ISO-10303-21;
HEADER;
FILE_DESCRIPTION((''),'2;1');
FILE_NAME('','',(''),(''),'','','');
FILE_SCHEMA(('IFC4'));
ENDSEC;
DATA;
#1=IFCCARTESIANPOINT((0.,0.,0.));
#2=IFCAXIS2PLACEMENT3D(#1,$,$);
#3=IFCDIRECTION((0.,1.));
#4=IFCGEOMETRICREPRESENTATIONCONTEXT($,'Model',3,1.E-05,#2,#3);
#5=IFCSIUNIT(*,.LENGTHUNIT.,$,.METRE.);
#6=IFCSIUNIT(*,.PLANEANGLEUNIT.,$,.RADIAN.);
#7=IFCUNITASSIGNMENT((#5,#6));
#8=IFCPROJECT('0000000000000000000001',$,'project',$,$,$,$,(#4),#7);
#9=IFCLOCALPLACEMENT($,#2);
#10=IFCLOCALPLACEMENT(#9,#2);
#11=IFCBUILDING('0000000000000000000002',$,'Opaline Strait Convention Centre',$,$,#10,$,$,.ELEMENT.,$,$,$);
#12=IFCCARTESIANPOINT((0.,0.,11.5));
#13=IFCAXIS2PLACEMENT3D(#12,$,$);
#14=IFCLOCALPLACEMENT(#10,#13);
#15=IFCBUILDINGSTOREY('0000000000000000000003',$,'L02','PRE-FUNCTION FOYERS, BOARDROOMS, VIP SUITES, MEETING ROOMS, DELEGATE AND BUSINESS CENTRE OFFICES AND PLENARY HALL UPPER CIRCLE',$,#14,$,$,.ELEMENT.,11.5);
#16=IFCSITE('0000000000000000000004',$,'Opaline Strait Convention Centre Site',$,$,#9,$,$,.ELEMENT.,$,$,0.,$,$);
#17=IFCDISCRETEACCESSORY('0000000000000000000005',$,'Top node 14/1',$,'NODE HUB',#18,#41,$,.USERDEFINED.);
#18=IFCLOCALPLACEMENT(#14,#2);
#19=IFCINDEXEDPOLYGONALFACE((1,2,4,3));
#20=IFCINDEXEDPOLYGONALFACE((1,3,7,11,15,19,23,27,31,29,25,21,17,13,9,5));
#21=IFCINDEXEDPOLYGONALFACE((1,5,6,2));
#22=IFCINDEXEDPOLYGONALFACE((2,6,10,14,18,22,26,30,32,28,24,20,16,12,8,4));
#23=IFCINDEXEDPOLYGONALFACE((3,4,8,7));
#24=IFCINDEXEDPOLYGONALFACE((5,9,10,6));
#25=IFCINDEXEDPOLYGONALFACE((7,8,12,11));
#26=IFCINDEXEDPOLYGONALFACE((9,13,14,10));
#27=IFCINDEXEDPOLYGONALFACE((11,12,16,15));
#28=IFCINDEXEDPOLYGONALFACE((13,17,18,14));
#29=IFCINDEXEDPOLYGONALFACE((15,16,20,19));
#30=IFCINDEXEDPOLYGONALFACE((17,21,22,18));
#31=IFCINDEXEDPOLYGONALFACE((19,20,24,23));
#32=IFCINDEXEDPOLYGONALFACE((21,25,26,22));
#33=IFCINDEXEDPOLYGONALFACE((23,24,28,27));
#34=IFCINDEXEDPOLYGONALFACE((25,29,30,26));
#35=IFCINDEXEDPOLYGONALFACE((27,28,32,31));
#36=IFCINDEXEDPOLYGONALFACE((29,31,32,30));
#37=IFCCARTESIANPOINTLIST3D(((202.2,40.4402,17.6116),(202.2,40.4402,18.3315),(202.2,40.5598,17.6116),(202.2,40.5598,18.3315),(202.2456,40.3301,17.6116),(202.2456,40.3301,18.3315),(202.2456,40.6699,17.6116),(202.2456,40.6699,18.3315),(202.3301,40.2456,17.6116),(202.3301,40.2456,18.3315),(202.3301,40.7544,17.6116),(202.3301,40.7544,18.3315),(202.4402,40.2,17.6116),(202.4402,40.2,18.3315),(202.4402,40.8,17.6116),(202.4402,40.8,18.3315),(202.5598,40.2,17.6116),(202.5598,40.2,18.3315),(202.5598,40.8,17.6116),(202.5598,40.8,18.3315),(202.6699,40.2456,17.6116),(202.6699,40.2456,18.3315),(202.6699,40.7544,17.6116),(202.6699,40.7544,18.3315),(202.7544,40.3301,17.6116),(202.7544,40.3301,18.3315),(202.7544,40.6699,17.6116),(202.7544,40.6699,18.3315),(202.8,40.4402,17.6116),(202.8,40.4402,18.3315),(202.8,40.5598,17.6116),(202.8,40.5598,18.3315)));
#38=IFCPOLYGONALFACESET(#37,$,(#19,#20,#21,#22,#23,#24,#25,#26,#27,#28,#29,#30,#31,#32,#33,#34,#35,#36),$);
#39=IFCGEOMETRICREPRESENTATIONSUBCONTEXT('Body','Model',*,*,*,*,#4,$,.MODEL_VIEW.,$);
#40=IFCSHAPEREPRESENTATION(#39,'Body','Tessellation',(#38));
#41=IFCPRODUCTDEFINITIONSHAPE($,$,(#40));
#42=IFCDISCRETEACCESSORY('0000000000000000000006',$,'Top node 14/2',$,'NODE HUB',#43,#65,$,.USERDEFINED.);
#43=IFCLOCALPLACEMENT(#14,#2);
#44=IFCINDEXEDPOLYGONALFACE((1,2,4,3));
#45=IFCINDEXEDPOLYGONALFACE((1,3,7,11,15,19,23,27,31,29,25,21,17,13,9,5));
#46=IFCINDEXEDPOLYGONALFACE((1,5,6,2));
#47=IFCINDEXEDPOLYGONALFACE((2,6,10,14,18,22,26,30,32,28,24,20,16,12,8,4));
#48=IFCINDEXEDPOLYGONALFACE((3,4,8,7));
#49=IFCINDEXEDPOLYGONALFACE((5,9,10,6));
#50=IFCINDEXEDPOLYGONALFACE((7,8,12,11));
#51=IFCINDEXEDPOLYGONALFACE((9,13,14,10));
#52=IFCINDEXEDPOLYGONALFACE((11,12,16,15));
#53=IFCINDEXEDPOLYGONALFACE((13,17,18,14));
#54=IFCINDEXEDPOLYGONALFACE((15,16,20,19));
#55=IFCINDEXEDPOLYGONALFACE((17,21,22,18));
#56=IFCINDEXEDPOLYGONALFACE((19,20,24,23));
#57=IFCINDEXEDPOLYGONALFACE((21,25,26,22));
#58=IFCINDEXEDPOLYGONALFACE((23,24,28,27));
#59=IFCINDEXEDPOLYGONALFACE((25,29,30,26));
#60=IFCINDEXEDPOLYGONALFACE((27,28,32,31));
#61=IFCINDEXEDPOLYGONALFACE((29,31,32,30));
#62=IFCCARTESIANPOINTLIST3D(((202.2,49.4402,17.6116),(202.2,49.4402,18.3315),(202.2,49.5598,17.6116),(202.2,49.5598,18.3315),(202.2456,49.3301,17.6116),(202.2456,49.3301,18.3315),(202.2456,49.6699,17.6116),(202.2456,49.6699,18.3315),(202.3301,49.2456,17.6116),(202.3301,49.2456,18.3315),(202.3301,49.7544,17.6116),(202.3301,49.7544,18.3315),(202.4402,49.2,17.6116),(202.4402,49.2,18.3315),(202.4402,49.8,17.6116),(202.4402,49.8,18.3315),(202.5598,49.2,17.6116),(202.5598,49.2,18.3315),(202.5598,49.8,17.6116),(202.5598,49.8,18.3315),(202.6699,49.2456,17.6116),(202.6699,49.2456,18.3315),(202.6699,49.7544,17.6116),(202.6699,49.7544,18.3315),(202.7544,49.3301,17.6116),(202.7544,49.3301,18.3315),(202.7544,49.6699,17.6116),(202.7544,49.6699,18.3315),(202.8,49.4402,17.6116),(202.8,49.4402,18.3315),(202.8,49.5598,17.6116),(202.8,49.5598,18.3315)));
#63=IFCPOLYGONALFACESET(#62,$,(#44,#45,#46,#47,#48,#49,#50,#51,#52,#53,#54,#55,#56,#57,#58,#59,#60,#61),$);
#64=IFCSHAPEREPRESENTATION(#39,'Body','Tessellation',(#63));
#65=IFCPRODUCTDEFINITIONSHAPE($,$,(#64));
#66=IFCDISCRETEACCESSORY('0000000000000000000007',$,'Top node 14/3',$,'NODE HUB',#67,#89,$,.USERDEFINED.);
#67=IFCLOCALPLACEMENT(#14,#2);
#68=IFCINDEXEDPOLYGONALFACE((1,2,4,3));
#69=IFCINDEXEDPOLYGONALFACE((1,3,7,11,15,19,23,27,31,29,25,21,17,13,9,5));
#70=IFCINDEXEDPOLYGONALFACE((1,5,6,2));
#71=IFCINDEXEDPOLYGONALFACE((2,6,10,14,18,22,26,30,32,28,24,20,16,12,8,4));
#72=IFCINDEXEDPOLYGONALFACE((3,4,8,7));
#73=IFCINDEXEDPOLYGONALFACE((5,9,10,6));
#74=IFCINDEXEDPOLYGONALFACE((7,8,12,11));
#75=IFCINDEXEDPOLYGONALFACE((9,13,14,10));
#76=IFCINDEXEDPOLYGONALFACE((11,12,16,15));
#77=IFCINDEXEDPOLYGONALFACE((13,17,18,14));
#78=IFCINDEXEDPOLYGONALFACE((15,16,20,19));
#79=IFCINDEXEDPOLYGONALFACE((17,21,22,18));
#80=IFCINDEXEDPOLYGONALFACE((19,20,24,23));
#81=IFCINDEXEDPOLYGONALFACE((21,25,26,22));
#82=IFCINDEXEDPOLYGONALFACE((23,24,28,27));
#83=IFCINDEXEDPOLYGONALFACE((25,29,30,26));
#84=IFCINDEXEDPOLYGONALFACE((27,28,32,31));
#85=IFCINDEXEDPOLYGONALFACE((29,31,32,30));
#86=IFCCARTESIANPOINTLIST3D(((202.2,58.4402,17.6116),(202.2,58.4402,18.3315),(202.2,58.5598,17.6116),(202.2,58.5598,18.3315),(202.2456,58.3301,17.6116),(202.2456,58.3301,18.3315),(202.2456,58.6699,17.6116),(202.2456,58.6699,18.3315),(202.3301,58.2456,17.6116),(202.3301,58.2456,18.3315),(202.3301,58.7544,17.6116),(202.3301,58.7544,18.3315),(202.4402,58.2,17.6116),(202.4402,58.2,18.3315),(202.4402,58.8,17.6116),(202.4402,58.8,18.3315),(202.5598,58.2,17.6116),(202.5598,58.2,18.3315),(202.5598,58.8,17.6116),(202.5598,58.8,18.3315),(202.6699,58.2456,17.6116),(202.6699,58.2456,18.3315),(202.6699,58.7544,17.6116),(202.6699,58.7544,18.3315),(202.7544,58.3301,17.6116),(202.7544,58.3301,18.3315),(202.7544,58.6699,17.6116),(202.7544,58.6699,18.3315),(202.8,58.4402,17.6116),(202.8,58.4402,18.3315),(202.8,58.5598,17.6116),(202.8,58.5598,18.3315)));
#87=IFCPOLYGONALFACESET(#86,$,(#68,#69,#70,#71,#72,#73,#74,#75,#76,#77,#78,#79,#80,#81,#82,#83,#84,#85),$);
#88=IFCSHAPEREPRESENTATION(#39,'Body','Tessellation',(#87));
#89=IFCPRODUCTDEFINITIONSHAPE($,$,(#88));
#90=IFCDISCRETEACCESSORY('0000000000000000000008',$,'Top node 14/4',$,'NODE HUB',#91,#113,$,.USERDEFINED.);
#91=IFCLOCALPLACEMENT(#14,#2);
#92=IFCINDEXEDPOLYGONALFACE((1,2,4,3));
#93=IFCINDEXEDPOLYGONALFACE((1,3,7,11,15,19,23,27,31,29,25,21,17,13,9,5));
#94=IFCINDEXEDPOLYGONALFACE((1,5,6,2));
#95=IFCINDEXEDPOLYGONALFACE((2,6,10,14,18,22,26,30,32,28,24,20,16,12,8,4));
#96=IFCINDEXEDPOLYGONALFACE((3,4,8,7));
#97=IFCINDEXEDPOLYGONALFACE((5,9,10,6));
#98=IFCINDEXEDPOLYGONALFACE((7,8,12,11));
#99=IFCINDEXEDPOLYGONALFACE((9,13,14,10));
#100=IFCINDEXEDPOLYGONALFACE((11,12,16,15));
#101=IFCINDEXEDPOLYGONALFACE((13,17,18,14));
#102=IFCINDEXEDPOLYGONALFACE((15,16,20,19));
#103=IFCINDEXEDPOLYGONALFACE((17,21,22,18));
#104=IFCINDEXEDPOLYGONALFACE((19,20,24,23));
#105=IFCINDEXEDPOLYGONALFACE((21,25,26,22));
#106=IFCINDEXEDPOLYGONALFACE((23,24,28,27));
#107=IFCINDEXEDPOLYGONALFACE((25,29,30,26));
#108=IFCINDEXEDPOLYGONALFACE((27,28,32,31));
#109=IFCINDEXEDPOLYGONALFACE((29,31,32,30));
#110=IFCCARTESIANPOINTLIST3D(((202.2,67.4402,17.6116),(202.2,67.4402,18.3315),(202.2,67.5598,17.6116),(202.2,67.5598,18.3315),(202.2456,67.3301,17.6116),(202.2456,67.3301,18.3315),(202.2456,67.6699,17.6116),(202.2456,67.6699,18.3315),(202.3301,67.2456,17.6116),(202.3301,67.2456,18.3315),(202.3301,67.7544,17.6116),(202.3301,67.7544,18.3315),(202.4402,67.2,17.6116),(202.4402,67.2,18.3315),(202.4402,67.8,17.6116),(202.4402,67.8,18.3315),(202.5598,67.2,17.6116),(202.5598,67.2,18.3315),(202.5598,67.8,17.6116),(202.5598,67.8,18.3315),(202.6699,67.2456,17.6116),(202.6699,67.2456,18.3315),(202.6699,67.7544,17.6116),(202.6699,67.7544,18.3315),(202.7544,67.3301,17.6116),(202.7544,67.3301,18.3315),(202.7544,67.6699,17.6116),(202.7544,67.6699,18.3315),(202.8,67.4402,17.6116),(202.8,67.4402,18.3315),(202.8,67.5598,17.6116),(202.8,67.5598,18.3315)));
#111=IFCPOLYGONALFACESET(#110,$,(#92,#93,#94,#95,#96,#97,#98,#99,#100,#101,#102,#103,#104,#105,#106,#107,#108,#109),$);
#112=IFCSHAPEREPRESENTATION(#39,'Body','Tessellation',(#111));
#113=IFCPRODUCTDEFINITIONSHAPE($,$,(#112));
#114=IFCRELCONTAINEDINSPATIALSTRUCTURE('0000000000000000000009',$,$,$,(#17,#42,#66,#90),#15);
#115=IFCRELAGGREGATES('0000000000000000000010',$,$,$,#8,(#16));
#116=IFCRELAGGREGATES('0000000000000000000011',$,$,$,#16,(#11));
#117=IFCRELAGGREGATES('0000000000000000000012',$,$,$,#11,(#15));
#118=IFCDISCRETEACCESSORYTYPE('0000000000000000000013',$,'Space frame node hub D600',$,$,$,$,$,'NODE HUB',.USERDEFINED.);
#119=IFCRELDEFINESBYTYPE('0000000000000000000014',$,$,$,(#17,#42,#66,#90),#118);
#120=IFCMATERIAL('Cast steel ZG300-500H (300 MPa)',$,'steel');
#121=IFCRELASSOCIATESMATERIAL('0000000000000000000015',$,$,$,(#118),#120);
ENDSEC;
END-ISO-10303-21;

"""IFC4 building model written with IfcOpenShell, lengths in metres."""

from ifc_helpers import new_model, si_unit, direction, frame, origin, place, context, subcontext, project, spatial, polyline, outline, extrude, material, type_object, element, save


model = new_model("IFC4")

# Units and contexts
model_context = context("Model", 3, precision=1e-05, world=origin(), true_north=direction((0.0, 1.0)))
body_context = subcontext(model_context, "Body", "Model", "MODEL_VIEW")
ifc_project = project(units=[si_unit("LENGTHUNIT", "METRE"), si_unit("PLANEANGLEUNIT", "RADIAN")], contexts=[model_context])

# Site, building, storey
site_placement = place(None, origin())
site = spatial("IfcSite", under=ifc_project, at=site_placement, Name="Opaline Strait Convention Centre Site", CompositionType="ELEMENT", RefElevation=0.0)
building_placement = place(site_placement, origin())
building = spatial("IfcBuilding", under=site, at=building_placement, Name="Opaline Strait Convention Centre", CompositionType="ELEMENT")
storey_placement = place(building_placement, frame((0.0, 0.0, 11.5)))
storey = spatial("IfcBuildingStorey", under=building, at=storey_placement, Name="L02", Description="PRE-FUNCTION FOYERS, BOARDROOMS, VIP SUITES, MEETING ROOMS, DELEGATE AND BUSINESS CENTRE OFFICES AND PLENARY HALL UPPER CIRCLE", CompositionType="ELEMENT", Elevation=11.5)

# Discrete accessories
ifc_material = material(Name="Cast steel ZG300-500H (300 MPa)", Category="steel")
discrete_accessory_type = type_object("IfcDiscreteAccessoryType", Name="Space frame node hub D600", ElementType="NODE HUB", PredefinedType="USERDEFINED", material=ifc_material)
discrete_accessory_1_placement = place(storey_placement, frame((0.0, 0.0, 17.6116)))
element("IfcDiscreteAccessory", 1, at=discrete_accessory_1_placement, inside=storey, type_object=discrete_accessory_type, Name="Top node 14/1", ObjectType="NODE HUB", PredefinedType="USERDEFINED", context=body_context, shape_type="SweptSolid", body=[
    extrude(outline(polyline([(202.8, 40.5598), (202.7544, 40.6699), (202.6699, 40.7544), (202.5598, 40.8), (202.4402, 40.8), (202.3301, 40.7544), (202.2456, 40.6699), (202.2, 40.5598), (202.2, 40.4402), (202.2456, 40.3301), (202.3301, 40.2456), (202.4402, 40.2), (202.5598, 40.2), (202.6699, 40.2456), (202.7544, 40.3301), (202.8, 40.4402), (202.8, 40.5598)])), origin(), (0.0, 0.0, 1.0), 0.72),
])
discrete_accessory_2_placement = place(storey_placement, frame((0.0, 0.0, 17.6116)))
element("IfcDiscreteAccessory", 2, at=discrete_accessory_2_placement, inside=storey, type_object=discrete_accessory_type, Name="Top node 14/2", ObjectType="NODE HUB", PredefinedType="USERDEFINED", context=body_context, shape_type="SweptSolid", body=[
    extrude(outline(polyline([(202.8, 49.5598), (202.7544, 49.6699), (202.6699, 49.7544), (202.5598, 49.8), (202.4402, 49.8), (202.3301, 49.7544), (202.2456, 49.6699), (202.2, 49.5598), (202.2, 49.4402), (202.2456, 49.3301), (202.3301, 49.2456), (202.4402, 49.2), (202.5598, 49.2), (202.6699, 49.2456), (202.7544, 49.3301), (202.8, 49.4402), (202.8, 49.5598)])), origin(), (0.0, 0.0, 1.0), 0.72),
])
discrete_accessory_3_placement = place(storey_placement, frame((0.0, 0.0, 17.6116)))
element("IfcDiscreteAccessory", 3, at=discrete_accessory_3_placement, inside=storey, type_object=discrete_accessory_type, Name="Top node 14/3", ObjectType="NODE HUB", PredefinedType="USERDEFINED", context=body_context, shape_type="SweptSolid", body=[
    extrude(outline(polyline([(202.8, 58.5598), (202.7544, 58.6699), (202.6699, 58.7544), (202.5598, 58.8), (202.4402, 58.8), (202.3301, 58.7544), (202.2456, 58.6699), (202.2, 58.5598), (202.2, 58.4402), (202.2456, 58.3301), (202.3301, 58.2456), (202.4402, 58.2), (202.5598, 58.2), (202.6699, 58.2456), (202.7544, 58.3301), (202.8, 58.4402), (202.8, 58.5598)])), origin(), (0.0, 0.0, 1.0), 0.72),
])
discrete_accessory_4_placement = place(storey_placement, frame((0.0, 0.0, 17.6116)))
element("IfcDiscreteAccessory", 4, at=discrete_accessory_4_placement, inside=storey, type_object=discrete_accessory_type, Name="Top node 14/4", ObjectType="NODE HUB", PredefinedType="USERDEFINED", context=body_context, shape_type="SweptSolid", body=[
    extrude(outline(polyline([(202.8, 67.5598), (202.7544, 67.6699), (202.6699, 67.7544), (202.5598, 67.8), (202.4402, 67.8), (202.3301, 67.7544), (202.2456, 67.6699), (202.2, 67.5598), (202.2, 67.4402), (202.2456, 67.3301), (202.3301, 67.2456), (202.4402, 67.2), (202.5598, 67.2), (202.6699, 67.2456), (202.7544, 67.3301), (202.8, 67.4402), (202.8, 67.5598)])), origin(), (0.0, 0.0, 1.0), 0.72),
])

save(model, "model.ifc")
